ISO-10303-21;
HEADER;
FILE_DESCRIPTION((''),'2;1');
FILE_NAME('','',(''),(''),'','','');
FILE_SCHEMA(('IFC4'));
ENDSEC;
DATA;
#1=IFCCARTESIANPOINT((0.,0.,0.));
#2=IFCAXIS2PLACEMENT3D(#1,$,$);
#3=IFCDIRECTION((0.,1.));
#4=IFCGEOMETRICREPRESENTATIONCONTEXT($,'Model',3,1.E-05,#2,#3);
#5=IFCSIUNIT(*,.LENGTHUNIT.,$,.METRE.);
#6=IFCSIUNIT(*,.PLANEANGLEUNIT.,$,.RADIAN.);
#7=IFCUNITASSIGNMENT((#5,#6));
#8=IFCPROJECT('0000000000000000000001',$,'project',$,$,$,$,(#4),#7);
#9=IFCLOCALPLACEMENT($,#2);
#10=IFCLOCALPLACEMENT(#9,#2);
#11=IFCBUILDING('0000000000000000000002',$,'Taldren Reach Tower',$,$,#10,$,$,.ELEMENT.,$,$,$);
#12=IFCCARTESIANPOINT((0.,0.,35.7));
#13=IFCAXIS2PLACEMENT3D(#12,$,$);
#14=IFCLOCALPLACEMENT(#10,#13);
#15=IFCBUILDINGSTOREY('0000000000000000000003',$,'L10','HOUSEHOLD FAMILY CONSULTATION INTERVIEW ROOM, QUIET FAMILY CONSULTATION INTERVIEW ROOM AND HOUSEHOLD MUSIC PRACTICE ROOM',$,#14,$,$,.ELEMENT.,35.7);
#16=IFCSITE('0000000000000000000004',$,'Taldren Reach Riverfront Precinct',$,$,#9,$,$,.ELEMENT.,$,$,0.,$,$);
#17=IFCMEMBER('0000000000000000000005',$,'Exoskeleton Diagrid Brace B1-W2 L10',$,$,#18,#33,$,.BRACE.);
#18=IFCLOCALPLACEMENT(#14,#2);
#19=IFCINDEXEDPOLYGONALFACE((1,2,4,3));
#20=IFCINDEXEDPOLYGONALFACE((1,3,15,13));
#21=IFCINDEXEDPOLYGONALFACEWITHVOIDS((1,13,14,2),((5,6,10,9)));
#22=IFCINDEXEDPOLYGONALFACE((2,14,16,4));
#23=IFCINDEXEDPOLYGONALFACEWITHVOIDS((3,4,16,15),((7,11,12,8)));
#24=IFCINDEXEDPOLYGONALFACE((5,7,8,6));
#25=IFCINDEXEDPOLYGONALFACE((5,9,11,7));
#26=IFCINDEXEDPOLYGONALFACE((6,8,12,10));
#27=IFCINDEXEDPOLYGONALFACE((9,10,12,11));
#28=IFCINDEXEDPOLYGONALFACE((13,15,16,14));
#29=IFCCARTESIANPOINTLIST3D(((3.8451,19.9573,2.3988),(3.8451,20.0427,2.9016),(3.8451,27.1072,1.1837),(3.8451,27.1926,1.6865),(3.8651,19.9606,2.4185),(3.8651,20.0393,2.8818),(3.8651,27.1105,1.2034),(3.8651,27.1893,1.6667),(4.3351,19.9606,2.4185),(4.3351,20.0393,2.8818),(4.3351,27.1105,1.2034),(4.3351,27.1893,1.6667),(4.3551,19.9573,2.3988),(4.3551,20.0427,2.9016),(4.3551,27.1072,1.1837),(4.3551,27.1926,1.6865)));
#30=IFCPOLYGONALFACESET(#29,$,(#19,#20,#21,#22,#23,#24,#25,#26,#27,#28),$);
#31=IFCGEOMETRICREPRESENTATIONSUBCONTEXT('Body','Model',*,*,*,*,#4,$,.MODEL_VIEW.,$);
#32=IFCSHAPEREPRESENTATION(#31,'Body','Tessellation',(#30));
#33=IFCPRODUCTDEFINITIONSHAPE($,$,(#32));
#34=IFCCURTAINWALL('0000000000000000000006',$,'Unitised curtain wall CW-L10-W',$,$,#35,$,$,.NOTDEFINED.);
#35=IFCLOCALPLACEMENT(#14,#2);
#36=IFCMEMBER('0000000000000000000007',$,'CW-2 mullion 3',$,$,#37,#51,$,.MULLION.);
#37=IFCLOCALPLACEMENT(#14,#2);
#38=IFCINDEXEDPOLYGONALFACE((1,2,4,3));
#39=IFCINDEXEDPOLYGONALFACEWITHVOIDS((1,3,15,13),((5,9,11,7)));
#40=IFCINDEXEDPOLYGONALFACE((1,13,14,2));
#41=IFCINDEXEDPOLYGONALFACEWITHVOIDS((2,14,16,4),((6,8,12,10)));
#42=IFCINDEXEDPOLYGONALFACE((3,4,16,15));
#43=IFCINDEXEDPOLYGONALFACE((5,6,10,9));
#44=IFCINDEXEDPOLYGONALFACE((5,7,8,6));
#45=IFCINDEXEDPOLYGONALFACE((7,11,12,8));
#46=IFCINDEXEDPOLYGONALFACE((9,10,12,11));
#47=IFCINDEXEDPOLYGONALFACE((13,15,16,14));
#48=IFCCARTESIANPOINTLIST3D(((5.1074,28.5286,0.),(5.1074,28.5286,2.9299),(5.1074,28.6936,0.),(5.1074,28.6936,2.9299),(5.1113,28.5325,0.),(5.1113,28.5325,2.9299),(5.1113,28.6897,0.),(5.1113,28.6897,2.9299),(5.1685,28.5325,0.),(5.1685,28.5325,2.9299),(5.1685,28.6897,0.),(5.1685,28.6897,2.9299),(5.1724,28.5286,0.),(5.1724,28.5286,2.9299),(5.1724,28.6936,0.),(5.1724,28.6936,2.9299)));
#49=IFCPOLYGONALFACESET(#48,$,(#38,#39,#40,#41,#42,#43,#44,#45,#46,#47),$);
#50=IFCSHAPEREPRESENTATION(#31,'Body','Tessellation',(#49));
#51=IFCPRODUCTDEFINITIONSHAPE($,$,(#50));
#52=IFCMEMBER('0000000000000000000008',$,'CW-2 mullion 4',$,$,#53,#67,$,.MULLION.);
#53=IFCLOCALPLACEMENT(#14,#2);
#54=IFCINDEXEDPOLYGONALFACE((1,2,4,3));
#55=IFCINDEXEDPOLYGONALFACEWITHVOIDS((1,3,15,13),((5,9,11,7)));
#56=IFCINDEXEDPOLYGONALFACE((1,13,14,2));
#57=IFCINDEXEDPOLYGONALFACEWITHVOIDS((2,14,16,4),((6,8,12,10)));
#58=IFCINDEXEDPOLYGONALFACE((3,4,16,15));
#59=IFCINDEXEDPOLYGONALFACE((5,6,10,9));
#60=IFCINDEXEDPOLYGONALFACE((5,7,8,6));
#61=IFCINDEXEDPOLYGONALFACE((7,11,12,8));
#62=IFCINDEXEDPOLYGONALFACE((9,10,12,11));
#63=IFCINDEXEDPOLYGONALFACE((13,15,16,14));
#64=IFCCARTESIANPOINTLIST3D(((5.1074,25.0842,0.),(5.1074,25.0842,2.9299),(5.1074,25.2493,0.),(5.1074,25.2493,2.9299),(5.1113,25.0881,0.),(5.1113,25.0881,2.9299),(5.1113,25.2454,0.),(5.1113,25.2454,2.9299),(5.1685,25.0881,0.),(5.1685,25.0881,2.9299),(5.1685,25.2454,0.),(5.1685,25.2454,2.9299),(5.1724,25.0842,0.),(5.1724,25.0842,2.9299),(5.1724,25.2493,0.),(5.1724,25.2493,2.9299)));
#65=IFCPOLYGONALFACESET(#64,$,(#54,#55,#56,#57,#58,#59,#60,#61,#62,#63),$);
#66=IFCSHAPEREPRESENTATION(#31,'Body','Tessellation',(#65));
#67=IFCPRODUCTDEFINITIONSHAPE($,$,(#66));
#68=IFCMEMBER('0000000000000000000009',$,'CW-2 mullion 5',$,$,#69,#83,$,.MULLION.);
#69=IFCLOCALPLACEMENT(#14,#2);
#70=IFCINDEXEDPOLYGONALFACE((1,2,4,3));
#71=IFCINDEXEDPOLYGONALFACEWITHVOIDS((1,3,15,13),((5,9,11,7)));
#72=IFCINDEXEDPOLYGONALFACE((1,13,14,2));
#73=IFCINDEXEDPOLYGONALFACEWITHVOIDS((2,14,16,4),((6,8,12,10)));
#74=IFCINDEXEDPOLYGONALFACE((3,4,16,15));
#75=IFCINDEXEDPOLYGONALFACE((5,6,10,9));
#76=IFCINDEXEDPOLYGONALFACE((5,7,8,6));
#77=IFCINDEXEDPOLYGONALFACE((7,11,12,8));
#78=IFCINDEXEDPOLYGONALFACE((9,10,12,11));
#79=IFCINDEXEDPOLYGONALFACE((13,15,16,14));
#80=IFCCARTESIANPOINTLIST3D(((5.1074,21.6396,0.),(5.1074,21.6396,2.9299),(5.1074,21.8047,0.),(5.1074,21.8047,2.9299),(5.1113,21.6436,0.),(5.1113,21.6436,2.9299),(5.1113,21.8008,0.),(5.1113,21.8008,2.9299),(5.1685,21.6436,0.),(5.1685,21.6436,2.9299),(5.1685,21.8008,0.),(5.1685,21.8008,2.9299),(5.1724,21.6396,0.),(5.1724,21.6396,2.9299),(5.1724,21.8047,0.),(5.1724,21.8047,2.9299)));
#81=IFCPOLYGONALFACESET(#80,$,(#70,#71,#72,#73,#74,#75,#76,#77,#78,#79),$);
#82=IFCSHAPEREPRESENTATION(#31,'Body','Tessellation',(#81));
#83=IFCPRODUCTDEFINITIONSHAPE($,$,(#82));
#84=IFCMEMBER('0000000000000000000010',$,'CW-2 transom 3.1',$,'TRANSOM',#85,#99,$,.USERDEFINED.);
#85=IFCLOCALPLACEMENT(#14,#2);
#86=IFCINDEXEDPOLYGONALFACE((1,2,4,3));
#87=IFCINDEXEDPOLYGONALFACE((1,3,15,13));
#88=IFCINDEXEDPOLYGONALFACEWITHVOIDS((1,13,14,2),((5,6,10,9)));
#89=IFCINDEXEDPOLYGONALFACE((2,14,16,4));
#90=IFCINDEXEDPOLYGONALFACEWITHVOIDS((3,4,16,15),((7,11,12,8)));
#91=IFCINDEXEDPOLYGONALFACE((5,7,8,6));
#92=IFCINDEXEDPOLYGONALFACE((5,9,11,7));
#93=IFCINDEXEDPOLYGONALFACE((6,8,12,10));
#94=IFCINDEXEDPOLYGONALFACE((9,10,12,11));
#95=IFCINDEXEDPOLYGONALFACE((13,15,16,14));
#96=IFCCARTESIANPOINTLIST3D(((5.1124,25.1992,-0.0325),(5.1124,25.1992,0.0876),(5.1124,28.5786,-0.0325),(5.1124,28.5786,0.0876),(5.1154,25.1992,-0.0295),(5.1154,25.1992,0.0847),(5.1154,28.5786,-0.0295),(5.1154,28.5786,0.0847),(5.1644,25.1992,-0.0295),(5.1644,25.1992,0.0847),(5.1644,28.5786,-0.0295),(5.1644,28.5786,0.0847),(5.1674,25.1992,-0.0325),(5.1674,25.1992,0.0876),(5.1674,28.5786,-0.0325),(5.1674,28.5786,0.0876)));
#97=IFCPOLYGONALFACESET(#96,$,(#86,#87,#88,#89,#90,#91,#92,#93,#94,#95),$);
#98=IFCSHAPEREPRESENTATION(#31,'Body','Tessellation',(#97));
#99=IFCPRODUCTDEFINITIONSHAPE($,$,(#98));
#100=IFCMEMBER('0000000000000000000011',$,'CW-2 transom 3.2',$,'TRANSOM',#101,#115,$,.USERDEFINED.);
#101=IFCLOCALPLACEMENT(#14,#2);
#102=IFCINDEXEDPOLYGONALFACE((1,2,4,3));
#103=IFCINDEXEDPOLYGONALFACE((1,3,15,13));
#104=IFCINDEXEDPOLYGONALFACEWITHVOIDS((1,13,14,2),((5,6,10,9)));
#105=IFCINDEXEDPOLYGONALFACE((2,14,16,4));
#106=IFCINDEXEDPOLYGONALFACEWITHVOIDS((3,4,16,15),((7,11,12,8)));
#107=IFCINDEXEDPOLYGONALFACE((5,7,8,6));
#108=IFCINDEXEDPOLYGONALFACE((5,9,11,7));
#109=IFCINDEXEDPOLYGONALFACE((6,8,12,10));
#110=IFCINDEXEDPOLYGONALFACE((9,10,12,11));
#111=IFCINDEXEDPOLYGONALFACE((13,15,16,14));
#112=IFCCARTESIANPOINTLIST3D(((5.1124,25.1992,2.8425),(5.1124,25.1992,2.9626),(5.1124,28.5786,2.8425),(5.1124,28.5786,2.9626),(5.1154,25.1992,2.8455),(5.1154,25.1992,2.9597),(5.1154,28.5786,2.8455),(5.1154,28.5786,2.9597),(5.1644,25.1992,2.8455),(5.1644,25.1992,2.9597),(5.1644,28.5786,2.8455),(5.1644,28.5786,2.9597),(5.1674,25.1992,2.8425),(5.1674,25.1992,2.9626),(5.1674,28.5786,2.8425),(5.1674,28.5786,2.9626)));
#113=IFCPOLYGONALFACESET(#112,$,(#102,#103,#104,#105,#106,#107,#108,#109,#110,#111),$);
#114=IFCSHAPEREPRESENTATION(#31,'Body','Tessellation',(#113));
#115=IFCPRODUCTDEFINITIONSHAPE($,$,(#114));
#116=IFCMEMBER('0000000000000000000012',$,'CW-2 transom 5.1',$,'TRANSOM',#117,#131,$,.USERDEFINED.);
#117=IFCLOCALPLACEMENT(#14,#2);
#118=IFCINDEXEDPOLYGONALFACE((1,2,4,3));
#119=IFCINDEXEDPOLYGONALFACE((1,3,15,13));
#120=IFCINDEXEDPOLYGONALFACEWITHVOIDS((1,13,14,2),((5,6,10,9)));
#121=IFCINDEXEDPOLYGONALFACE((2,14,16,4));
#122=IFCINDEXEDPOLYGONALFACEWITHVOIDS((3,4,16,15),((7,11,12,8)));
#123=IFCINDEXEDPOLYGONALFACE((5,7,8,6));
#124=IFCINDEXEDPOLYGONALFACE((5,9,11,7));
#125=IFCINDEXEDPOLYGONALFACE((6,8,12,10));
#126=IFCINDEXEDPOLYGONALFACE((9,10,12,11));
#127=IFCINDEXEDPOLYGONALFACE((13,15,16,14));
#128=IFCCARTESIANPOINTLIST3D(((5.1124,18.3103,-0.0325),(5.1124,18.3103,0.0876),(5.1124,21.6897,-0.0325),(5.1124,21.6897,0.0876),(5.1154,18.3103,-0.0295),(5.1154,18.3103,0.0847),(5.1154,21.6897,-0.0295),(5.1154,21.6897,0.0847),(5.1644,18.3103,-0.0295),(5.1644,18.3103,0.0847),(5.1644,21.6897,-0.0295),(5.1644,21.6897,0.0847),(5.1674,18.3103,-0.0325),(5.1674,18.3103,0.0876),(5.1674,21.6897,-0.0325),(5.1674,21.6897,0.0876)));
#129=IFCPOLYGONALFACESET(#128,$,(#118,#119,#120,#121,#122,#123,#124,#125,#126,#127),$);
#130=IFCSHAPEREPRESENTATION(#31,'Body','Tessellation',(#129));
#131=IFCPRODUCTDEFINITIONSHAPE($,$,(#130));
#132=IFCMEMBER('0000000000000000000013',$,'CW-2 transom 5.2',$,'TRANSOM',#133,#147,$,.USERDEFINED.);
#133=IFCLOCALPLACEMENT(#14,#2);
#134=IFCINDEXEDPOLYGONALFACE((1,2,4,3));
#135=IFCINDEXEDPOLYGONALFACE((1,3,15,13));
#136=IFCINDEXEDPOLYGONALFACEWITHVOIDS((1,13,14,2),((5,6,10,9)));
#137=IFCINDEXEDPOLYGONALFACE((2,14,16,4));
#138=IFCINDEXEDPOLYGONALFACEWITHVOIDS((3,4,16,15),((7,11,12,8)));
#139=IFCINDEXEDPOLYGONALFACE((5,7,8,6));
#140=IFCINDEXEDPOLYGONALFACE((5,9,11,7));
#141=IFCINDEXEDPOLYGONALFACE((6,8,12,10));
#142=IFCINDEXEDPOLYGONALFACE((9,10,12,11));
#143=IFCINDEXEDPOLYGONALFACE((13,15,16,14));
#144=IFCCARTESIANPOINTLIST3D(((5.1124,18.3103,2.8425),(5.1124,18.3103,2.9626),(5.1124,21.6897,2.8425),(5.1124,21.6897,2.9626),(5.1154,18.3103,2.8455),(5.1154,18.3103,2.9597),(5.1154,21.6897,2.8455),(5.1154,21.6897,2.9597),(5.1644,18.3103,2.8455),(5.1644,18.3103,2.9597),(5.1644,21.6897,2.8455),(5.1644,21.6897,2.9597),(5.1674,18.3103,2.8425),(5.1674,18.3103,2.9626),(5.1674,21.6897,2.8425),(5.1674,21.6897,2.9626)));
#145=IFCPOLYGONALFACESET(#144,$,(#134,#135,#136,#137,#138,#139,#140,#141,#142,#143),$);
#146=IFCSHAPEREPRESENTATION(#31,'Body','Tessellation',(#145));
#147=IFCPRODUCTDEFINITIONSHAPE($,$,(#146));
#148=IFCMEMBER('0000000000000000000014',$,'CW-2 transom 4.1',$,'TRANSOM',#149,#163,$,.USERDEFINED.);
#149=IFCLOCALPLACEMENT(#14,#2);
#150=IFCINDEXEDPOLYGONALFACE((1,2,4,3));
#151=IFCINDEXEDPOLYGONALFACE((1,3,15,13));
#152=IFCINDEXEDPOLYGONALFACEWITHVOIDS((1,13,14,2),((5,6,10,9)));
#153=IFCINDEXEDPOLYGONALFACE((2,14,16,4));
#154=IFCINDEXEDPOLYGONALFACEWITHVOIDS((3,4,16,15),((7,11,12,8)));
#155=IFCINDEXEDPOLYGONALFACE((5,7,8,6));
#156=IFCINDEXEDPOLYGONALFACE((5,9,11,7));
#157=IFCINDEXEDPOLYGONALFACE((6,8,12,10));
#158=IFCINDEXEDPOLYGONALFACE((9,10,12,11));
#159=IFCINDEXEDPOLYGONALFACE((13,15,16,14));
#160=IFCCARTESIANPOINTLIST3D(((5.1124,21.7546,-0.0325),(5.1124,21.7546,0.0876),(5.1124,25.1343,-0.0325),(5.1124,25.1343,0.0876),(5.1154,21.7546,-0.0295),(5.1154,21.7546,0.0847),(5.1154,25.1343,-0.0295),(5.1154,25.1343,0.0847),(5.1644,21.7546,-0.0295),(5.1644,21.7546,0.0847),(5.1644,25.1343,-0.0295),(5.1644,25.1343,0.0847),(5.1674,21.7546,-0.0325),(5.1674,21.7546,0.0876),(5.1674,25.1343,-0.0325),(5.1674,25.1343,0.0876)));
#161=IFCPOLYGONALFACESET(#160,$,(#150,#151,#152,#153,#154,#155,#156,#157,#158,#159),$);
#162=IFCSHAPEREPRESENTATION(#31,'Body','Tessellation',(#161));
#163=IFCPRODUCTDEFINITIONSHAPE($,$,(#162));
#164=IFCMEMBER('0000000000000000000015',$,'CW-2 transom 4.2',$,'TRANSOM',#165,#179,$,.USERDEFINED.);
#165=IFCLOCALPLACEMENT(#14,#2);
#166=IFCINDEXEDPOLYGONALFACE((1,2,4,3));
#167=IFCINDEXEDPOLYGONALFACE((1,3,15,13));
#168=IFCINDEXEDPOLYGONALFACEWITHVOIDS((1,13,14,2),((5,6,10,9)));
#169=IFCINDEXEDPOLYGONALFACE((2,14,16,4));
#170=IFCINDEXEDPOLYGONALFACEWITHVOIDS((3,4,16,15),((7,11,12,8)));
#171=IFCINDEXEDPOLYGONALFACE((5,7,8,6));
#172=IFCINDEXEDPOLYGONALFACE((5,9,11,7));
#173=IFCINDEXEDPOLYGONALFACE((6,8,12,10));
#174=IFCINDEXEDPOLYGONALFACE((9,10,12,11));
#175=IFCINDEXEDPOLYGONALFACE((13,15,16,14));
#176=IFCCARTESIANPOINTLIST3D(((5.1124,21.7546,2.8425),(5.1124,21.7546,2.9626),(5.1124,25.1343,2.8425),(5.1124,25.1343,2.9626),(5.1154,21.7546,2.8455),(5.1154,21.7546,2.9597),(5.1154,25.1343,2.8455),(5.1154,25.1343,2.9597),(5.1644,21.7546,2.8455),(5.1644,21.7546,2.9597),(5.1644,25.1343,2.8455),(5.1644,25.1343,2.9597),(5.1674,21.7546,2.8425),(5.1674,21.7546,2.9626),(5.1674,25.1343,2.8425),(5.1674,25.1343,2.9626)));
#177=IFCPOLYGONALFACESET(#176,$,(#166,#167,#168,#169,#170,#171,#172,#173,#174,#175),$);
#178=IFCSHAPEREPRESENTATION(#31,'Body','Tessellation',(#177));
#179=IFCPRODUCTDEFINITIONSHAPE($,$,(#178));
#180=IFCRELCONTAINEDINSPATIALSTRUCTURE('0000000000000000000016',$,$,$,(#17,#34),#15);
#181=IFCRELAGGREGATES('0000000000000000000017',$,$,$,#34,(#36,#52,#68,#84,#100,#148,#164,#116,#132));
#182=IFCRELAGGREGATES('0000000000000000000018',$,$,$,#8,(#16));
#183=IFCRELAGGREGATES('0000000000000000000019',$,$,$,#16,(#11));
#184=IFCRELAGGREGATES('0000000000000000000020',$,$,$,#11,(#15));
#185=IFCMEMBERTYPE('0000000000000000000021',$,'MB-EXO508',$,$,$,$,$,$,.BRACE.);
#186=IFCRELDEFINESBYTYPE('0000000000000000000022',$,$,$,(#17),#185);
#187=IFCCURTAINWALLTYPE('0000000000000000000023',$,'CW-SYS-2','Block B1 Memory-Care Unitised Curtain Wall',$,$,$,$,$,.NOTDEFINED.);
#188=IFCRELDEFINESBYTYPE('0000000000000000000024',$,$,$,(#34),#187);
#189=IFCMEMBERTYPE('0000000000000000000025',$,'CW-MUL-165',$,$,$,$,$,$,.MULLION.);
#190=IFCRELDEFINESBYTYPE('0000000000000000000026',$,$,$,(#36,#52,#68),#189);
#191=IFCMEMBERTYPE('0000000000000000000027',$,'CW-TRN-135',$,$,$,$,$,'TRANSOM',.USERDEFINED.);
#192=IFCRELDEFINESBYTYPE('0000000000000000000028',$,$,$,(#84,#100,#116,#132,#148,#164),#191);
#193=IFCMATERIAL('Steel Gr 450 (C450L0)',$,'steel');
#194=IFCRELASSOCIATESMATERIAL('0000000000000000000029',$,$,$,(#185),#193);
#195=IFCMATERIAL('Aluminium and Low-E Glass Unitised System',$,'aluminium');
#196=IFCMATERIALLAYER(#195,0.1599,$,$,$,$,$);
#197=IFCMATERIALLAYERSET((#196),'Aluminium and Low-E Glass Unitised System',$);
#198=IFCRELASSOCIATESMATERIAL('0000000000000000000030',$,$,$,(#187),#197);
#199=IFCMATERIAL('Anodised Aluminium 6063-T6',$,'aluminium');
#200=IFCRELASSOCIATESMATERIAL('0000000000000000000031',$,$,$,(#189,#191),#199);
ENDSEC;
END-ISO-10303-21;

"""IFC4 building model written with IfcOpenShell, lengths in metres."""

from ifc_helpers import new_model, si_unit, direction, frame, origin, origin_2d, place, context, subcontext, project, spatial, hollow_rectangle, extrude, source, transform, mapped, material, layer, layer_set, material_profile, profile_set, type_object, element, aggregate, save


model = new_model("IFC4")

# Units and contexts
model_context = context("Model", 3, precision=1e-05, world=origin(), true_north=direction((0.0, 1.0)))
body_context = subcontext(model_context, "Body", "Model", "MODEL_VIEW")
ifc_project = project(units=[si_unit("LENGTHUNIT", "METRE"), si_unit("PLANEANGLEUNIT", "RADIAN")], contexts=[model_context])

# Site, building, storey
site_placement = place(None, origin())
site = spatial("IfcSite", under=ifc_project, at=site_placement, Name="Taldren Reach Riverfront Precinct", CompositionType="ELEMENT", RefElevation=0.0)
building_placement = place(site_placement, origin())
building = spatial("IfcBuilding", under=site, at=building_placement, Name="Taldren Reach Tower", CompositionType="ELEMENT")
storey_placement = place(building_placement, frame((0.0, 0.0, 35.7)))
storey = spatial("IfcBuildingStorey", under=building, at=storey_placement, Name="L10", Description="HOUSEHOLD FAMILY CONSULTATION INTERVIEW ROOM, QUIET FAMILY CONSULTATION INTERVIEW ROOM AND HOUSEHOLD MUSIC PRACTICE ROOM", CompositionType="ELEMENT", Elevation=35.7)

# Member
ifc_material_1 = material(Name="Steel Gr 450 (C450L0)", Category="steel")
ifc_material_profile_1 = material_profile(ifc_material_1, hollow_rectangle(XDim=0.51, YDim=0.51, WallThickness=0.02, at=origin_2d()), Name="510x510x20.0SHS")
ifc_profile_set_1 = profile_set([ifc_material_profile_1], Name="Steel Gr 450 (C450L0)")
member_type_1 = type_object("IfcMemberType", Name="MB-EXO508", PredefinedType="BRACE", material=ifc_profile_set_1)
shared_shape_1 = source(origin(), body_context, "Body", "SweptSolid", [
    extrude(hollow_rectangle(XDim=0.51, YDim=0.51, WallThickness=0.02, at=origin_2d()), origin(), (0.0, 0.0, 1.0), 7.2524),
])
member_1_placement = place(storey_placement, frame((4.1001, 27.1499, 1.4351), z_axis=(0.0, -0.985865, 0.167542), x_axis=(1.0, 0.0, 0.0)))
element("IfcMember", 1, at=member_1_placement, inside=storey, type_object=member_type_1, Name="Exoskeleton Diagrid Brace B1-W2 L10", PredefinedType="BRACE", context=body_context, shape_type="MappedRepresentation", body=[
    mapped(shared_shape_1, transform((0.0, 0.0, 0.0), scale=1.0)),
])

# Curtain wall, members
ifc_material_2 = material(Name="Aluminium and Low-E Glass Unitised System", Category="aluminium")
ifc_layer_1 = layer(ifc_material_2, 0.1599)
ifc_layer_set_1 = layer_set([ifc_layer_1], Name="Aluminium and Low-E Glass Unitised System")
curtain_wall_type = type_object("IfcCurtainWallType", Name="CW-SYS-2", Description="Block B1 Memory-Care Unitised Curtain Wall", PredefinedType="NOTDEFINED", material=ifc_layer_set_1)
curtain_wall_placement = place(storey_placement, origin())
curtain_wall = element("IfcCurtainWall", 2, at=curtain_wall_placement, inside=storey, type_object=curtain_wall_type, Name="Unitised curtain wall CW-L10-W", PredefinedType="NOTDEFINED")
ifc_material_3 = material(Name="Anodised Aluminium 6063-T6", Category="aluminium")
ifc_material_profile_2 = material_profile(ifc_material_3, hollow_rectangle(XDim=0.0649, YDim=0.165, WallThickness=0.0039, at=origin_2d()), Name="ALU-165x65x4RHS")
ifc_profile_set_2 = profile_set([ifc_material_profile_2], Name="Anodised Aluminium 6063-T6")
member_type_2 = type_object("IfcMemberType", Name="CW-MUL-165", PredefinedType="MULLION", material=ifc_profile_set_2)
shared_shape_2 = source(origin(), body_context, "Body", "SweptSolid", [
    extrude(hollow_rectangle(XDim=0.0649, YDim=0.165, WallThickness=0.0039, at=origin_2d()), origin(), (0.0, 0.0, 1.0), 2.9299),
])
member_2_placement = place(storey_placement, frame((5.1399, 28.6111, 0.0), z_axis=(0.0, 0.0, 1.0), x_axis=(1.0, 0.0, 0.0)))
member_2 = element("IfcMember", 3, at=member_2_placement, type_object=member_type_2, Name="CW-2 mullion 3", PredefinedType="MULLION", context=body_context, shape_type="MappedRepresentation", body=[
    mapped(shared_shape_2, transform((0.0, 0.0, 0.0), scale=1.0)),
])
member_3_placement = place(storey_placement, frame((5.1399, 25.1667, 0.0), z_axis=(0.0, 0.0, 1.0), x_axis=(1.0, 0.0, 0.0)))
member_3 = element("IfcMember", 4, at=member_3_placement, type_object=member_type_2, Name="CW-2 mullion 4", PredefinedType="MULLION", context=body_context, shape_type="MappedRepresentation", body=[
    mapped(shared_shape_2, transform((0.0, 0.0, 0.0), scale=1.0)),
])
member_4_placement = place(storey_placement, frame((5.1399, 21.7222, 0.0), z_axis=(0.0, 0.0, 1.0), x_axis=(1.0, 0.0, 0.0)))
member_4 = element("IfcMember", 5, at=member_4_placement, type_object=member_type_2, Name="CW-2 mullion 5", PredefinedType="MULLION", context=body_context, shape_type="MappedRepresentation", body=[
    mapped(shared_shape_2, transform((0.0, 0.0, 0.0), scale=1.0)),
])
ifc_material_profile_3 = material_profile(ifc_material_3, hollow_rectangle(XDim=0.0549, YDim=0.1201, WallThickness=0.0029, at=origin_2d()), Name="ALU-120x55x3RHS")
ifc_profile_set_3 = profile_set([ifc_material_profile_3], Name="Anodised Aluminium 6063-T6")
member_type_3 = type_object("IfcMemberType", Name="CW-TRN-135", ElementType="TRANSOM", PredefinedType="USERDEFINED", material=ifc_profile_set_3)
shared_shape_3 = source(origin(), body_context, "Body", "SweptSolid", [
    extrude(hollow_rectangle(XDim=0.0549, YDim=0.1201, WallThickness=0.0029, at=origin_2d()), origin(), (0.0, 0.0, 1.0), 3.3794),
])
member_5_placement = place(storey_placement, frame((5.1399, 28.5786, 0.0276), z_axis=(0.0, -1.0, 0.0), x_axis=(1.0, 0.0, 0.0)))
member_5 = element("IfcMember", 6, at=member_5_placement, type_object=member_type_3, Name="CW-2 transom 3.1", ObjectType="TRANSOM", PredefinedType="USERDEFINED", context=body_context, shape_type="MappedRepresentation", body=[
    mapped(shared_shape_3, transform((0.0, 0.0, 0.0), scale=1.0)),
])
member_6_placement = place(storey_placement, frame((5.1399, 28.5786, 2.9026), z_axis=(0.0, -1.0, 0.0), x_axis=(1.0, 0.0, 0.0)))
member_6 = element("IfcMember", 7, at=member_6_placement, type_object=member_type_3, Name="CW-2 transom 3.2", ObjectType="TRANSOM", PredefinedType="USERDEFINED", context=body_context, shape_type="MappedRepresentation", body=[
    mapped(shared_shape_3, transform((0.0, 0.0, 0.0), scale=1.0)),
])
member_7_placement = place(storey_placement, frame((5.1399, 21.6897, 0.0276), z_axis=(0.0, -1.0, 0.0), x_axis=(1.0, 0.0, 0.0)))
member_7 = element("IfcMember", 8, at=member_7_placement, type_object=member_type_3, Name="CW-2 transom 5.1", ObjectType="TRANSOM", PredefinedType="USERDEFINED", context=body_context, shape_type="MappedRepresentation", body=[
    mapped(shared_shape_3, transform((0.0, 0.0, 0.0), scale=1.0)),
])
member_8_placement = place(storey_placement, frame((5.1399, 21.6897, 2.9026), z_axis=(0.0, -1.0, 0.0), x_axis=(1.0, 0.0, 0.0)))
member_8 = element("IfcMember", 9, at=member_8_placement, type_object=member_type_3, Name="CW-2 transom 5.2", ObjectType="TRANSOM", PredefinedType="USERDEFINED", context=body_context, shape_type="MappedRepresentation", body=[
    mapped(shared_shape_3, transform((0.0, 0.0, 0.0), scale=1.0)),
])
shared_shape_4 = source(origin(), body_context, "Body", "SweptSolid", [
    extrude(hollow_rectangle(XDim=0.0549, YDim=0.1201, WallThickness=0.0029, at=origin_2d()), origin(), (0.0, 0.0, 1.0), 3.3796),
])
member_9_placement = place(storey_placement, frame((5.1399, 25.1343, 0.0276), z_axis=(0.0, -1.0, 0.0), x_axis=(1.0, 0.0, 0.0)))
member_9 = element("IfcMember", 10, at=member_9_placement, type_object=member_type_3, Name="CW-2 transom 4.1", ObjectType="TRANSOM", PredefinedType="USERDEFINED", context=body_context, shape_type="MappedRepresentation", body=[
    mapped(shared_shape_4, transform((0.0, 0.0, 0.0), scale=1.0)),
])
member_10_placement = place(storey_placement, frame((5.1399, 25.1343, 2.9026), z_axis=(0.0, -1.0, 0.0), x_axis=(1.0, 0.0, 0.0)))
member_10 = element("IfcMember", 11, at=member_10_placement, type_object=member_type_3, Name="CW-2 transom 4.2", ObjectType="TRANSOM", PredefinedType="USERDEFINED", context=body_context, shape_type="MappedRepresentation", body=[
    mapped(shared_shape_4, transform((0.0, 0.0, 0.0), scale=1.0)),
])

aggregate(curtain_wall, [member_2, member_3, member_4, member_5, member_6, member_9, member_10, member_7, member_8])

save(model, "model.ifc")
